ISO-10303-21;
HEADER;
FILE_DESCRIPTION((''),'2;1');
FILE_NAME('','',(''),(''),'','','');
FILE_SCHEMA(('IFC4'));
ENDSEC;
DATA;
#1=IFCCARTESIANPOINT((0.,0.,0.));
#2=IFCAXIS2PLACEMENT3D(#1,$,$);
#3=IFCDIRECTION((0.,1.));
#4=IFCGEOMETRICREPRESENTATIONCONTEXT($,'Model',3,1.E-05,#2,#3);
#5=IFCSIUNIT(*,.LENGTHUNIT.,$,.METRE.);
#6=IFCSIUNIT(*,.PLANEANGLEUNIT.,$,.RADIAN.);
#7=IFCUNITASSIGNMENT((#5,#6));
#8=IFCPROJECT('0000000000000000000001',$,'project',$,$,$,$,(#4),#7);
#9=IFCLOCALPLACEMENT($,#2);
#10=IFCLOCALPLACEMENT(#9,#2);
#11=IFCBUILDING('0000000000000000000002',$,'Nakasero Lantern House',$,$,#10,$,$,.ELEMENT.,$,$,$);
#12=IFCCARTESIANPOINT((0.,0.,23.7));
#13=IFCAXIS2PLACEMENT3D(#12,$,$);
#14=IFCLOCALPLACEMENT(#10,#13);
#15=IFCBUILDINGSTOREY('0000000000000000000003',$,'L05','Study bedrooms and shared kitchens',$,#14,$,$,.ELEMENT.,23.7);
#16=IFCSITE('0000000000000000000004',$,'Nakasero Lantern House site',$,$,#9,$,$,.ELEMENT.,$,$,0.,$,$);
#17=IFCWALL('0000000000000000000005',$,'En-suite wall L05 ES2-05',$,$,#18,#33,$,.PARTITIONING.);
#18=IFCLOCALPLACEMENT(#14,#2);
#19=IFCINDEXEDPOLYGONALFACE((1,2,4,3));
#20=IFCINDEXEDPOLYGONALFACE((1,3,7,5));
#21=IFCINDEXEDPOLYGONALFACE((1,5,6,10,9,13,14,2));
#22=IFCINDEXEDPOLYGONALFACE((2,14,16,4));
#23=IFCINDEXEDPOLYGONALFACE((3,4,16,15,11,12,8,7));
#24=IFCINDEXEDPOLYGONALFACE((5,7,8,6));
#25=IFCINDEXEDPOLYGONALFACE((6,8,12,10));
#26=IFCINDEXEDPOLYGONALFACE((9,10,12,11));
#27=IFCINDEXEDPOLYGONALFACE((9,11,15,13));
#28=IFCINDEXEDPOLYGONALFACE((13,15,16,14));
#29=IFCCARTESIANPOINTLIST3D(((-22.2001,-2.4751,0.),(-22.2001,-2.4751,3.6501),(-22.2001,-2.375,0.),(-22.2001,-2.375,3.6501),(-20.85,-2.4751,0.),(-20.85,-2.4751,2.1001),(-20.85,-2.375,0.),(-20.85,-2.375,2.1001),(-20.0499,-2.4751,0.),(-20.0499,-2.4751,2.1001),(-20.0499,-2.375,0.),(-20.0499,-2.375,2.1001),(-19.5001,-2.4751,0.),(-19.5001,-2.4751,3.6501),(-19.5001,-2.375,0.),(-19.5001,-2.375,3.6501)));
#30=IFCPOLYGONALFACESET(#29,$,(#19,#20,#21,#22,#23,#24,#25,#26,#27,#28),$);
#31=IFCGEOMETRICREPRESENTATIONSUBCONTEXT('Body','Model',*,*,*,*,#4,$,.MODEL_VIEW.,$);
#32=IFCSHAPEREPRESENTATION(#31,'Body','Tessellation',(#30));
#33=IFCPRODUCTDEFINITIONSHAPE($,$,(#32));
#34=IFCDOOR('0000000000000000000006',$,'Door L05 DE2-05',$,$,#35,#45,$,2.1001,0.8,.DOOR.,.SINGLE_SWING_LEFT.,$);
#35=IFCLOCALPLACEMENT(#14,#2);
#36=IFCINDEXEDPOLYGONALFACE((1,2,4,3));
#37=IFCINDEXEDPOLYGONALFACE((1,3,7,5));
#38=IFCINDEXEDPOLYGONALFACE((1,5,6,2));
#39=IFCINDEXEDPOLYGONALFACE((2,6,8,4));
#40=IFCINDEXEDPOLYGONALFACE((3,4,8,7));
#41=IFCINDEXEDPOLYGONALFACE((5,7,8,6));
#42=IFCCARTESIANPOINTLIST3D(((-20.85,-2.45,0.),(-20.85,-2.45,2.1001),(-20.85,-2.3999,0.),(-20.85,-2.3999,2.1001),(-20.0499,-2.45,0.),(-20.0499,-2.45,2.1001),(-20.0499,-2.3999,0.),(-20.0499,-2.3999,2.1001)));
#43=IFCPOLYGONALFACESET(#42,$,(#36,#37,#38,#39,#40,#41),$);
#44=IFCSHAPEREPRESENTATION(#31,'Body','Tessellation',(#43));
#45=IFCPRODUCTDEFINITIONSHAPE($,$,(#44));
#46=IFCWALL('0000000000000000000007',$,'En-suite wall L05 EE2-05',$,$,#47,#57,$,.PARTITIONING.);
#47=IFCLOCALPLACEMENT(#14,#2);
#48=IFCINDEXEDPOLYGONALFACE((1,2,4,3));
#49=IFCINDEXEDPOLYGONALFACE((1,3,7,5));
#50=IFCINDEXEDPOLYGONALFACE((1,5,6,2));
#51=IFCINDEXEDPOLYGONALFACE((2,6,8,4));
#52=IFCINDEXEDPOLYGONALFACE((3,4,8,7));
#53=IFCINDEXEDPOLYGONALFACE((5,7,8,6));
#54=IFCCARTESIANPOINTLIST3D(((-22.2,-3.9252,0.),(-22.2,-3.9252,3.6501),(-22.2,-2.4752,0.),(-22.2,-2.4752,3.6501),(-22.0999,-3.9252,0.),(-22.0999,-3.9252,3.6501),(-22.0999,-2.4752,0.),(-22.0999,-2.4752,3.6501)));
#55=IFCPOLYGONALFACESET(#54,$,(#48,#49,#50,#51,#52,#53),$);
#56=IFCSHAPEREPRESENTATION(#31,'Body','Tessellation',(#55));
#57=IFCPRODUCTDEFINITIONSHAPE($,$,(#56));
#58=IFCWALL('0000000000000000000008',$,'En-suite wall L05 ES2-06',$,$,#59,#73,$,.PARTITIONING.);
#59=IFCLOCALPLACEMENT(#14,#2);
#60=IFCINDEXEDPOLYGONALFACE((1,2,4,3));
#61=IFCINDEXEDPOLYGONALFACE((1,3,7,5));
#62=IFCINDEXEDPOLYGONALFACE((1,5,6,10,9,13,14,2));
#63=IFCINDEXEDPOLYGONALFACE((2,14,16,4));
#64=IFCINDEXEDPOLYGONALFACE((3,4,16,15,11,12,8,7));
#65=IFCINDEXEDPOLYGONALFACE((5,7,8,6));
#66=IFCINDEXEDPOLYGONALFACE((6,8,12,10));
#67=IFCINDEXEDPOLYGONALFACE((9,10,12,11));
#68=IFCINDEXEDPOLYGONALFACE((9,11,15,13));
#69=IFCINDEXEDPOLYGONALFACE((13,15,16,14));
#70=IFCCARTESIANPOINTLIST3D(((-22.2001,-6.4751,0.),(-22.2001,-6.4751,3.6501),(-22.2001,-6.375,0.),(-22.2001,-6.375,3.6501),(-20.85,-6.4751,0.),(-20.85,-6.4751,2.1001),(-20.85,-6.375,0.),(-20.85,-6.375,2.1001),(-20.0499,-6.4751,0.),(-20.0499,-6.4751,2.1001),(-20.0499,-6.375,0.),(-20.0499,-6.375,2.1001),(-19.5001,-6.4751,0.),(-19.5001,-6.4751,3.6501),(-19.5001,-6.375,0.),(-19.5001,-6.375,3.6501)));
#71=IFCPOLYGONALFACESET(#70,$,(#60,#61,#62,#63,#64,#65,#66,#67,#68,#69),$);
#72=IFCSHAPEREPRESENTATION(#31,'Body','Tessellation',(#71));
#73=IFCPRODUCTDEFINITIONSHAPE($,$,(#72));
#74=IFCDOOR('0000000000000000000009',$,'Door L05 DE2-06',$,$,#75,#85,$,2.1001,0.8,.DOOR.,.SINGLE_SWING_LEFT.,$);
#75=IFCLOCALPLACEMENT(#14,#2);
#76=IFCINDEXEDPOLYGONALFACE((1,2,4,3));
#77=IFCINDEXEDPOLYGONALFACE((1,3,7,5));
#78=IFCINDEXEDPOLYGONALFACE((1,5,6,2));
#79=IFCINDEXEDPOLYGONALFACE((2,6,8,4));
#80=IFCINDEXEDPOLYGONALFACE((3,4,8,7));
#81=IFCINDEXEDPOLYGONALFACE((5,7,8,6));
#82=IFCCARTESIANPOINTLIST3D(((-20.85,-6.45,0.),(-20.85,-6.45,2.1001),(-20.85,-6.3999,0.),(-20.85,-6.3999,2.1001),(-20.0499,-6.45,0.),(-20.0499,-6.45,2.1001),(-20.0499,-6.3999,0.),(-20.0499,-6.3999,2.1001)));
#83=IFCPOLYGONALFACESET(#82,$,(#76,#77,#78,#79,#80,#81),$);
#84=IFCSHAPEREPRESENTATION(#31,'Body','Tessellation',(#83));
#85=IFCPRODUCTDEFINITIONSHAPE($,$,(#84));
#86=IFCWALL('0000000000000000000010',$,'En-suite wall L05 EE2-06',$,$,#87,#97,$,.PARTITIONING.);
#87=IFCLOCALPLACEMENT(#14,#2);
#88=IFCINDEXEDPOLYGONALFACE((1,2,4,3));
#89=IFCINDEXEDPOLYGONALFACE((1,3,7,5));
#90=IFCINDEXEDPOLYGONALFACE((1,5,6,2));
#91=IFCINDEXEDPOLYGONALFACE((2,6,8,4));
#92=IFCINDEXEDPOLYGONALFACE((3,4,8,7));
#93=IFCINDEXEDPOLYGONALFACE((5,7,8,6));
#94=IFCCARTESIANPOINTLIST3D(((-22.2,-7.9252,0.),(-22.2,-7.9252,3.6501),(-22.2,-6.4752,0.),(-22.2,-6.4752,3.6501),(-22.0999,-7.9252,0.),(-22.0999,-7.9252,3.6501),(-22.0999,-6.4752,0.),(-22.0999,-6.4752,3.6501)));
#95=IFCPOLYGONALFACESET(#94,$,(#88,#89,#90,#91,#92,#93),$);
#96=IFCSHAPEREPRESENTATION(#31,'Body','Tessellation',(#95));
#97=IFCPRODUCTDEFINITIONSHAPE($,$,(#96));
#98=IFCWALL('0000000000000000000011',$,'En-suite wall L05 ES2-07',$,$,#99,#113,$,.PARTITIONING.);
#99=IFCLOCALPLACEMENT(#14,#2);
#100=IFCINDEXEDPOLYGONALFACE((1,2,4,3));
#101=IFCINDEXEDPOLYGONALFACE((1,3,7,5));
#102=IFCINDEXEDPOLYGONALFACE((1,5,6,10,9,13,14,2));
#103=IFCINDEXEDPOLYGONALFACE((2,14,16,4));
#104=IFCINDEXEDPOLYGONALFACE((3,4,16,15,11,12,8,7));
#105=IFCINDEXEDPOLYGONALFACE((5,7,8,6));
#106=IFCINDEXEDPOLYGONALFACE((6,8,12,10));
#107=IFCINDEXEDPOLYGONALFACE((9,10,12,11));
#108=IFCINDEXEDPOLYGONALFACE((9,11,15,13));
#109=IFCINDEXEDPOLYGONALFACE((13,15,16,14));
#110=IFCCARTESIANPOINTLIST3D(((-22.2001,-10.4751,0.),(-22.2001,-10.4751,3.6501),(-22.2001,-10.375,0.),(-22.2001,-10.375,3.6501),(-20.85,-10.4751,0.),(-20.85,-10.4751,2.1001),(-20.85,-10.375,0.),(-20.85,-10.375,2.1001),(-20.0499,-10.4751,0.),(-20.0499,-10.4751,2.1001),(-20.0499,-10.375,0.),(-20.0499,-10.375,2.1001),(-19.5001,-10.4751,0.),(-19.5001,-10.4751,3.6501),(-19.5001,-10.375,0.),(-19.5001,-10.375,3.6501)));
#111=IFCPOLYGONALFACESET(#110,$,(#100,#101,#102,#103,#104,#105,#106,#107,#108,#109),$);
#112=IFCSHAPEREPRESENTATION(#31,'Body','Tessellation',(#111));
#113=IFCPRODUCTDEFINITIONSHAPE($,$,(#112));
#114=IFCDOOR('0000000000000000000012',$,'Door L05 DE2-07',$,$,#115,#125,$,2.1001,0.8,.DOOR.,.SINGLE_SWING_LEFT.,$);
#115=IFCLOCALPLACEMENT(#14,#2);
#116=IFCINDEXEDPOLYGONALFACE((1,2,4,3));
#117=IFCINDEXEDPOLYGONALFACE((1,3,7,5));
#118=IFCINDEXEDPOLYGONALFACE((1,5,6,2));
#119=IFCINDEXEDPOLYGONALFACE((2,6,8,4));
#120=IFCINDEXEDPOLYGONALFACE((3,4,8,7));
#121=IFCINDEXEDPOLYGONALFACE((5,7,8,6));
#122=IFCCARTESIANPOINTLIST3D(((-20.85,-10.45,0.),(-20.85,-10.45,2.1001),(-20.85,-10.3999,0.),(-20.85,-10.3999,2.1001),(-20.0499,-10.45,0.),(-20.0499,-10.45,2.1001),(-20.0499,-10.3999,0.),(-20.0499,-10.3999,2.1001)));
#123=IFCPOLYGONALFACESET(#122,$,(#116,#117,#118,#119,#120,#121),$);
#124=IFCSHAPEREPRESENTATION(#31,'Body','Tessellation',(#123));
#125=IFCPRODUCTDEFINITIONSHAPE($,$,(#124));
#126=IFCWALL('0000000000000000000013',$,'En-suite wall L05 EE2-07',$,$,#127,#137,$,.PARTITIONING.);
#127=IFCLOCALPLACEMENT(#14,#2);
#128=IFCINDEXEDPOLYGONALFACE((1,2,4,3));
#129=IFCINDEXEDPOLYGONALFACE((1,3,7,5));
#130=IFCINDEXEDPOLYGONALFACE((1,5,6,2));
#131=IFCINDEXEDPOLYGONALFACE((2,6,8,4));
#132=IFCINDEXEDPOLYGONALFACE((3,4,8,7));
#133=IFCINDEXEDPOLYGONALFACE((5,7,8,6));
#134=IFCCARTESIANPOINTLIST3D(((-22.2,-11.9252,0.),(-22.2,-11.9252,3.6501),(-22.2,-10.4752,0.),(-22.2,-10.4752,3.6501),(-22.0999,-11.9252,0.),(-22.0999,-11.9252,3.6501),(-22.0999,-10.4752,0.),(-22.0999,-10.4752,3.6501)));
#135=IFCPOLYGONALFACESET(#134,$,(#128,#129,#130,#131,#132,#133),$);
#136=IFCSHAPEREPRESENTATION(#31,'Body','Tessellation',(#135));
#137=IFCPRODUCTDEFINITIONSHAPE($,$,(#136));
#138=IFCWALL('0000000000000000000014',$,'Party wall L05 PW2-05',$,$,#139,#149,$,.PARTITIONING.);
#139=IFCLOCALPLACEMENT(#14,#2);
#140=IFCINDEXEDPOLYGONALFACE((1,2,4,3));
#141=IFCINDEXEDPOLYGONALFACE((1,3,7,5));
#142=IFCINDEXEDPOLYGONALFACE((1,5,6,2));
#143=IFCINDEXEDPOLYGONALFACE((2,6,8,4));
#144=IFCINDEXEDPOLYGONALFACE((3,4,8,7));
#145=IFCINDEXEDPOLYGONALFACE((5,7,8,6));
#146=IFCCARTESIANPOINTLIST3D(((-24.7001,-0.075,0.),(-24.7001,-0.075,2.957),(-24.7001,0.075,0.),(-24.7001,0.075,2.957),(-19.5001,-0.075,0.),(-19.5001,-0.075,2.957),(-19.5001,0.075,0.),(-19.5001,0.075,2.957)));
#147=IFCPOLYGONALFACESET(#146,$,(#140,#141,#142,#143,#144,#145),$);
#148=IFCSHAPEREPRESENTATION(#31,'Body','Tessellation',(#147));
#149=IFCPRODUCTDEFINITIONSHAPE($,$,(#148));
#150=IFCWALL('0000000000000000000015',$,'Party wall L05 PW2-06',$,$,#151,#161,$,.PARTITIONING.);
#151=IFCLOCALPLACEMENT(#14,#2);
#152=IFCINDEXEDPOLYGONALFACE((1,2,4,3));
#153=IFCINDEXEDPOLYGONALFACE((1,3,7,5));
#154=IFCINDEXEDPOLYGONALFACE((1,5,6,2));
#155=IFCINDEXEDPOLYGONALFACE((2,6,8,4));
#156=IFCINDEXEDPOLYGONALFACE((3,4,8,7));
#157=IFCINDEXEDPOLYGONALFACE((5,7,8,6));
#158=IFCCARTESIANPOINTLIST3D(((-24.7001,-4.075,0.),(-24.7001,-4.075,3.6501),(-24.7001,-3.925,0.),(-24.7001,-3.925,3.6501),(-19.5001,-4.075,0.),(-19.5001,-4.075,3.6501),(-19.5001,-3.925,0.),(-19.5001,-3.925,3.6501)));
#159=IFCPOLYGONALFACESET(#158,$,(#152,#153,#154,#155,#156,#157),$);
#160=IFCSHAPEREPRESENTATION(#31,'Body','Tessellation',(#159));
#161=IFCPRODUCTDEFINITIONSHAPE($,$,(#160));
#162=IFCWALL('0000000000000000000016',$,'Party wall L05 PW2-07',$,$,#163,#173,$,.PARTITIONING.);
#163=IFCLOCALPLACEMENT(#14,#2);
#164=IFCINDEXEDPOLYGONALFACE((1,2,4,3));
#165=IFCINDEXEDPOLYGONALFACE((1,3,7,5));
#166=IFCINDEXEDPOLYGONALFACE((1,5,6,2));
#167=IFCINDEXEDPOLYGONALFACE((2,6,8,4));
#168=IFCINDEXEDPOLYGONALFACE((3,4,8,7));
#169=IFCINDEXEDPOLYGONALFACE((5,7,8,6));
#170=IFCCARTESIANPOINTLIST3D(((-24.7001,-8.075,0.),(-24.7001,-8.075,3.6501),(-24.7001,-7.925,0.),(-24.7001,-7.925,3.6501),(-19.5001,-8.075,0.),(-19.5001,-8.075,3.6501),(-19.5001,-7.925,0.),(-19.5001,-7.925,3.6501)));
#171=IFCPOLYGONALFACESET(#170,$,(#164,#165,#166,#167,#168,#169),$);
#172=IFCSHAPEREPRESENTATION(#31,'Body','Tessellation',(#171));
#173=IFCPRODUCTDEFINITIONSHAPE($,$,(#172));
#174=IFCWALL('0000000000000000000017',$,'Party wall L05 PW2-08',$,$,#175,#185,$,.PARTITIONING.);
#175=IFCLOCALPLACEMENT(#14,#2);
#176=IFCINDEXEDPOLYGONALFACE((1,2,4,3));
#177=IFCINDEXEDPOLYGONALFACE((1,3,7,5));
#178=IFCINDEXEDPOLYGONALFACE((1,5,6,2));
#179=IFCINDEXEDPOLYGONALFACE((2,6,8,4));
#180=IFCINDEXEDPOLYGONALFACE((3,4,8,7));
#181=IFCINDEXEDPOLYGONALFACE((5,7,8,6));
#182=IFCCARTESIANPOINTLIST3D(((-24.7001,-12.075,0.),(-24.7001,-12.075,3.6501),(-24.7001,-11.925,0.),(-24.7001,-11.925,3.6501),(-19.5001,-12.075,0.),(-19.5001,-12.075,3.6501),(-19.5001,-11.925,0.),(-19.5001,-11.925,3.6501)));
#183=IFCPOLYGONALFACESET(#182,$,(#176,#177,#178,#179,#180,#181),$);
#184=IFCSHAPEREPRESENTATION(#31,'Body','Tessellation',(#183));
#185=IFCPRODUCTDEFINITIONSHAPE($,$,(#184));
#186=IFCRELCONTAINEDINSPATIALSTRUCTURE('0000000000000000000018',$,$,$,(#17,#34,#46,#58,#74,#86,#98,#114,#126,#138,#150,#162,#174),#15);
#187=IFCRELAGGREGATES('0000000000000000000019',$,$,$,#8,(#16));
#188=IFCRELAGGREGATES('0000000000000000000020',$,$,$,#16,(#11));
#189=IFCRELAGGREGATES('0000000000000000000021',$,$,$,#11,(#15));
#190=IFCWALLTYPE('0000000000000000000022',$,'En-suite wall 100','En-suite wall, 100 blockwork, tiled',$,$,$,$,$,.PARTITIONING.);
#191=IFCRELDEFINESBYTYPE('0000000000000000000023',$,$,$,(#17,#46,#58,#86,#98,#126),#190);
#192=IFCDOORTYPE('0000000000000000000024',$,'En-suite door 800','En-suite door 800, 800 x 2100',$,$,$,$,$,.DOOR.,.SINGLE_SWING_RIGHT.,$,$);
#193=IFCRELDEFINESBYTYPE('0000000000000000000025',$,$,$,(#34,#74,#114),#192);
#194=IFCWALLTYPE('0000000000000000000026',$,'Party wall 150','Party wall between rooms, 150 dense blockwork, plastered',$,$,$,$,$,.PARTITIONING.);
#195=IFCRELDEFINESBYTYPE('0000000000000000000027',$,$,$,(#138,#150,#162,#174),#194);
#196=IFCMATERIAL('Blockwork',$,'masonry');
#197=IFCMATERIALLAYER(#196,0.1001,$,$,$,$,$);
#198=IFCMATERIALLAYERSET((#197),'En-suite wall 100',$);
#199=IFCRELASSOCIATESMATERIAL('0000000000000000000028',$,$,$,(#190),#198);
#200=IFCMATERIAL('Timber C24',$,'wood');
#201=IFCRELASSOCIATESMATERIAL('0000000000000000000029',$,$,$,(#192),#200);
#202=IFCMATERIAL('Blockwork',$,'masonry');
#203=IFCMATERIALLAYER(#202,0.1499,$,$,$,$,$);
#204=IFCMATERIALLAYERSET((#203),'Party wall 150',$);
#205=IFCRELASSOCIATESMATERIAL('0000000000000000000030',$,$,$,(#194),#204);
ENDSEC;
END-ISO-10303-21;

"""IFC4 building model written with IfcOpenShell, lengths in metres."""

from ifc_helpers import new_model, si_unit, direction, frame, frame_2d, origin, place, context, subcontext, project, spatial, rectangle, extrude, material, layer, layer_set, type_object, element, fill, save


model = new_model("IFC4")

# Units and contexts
model_context = context("Model", 3, precision=1e-05, world=origin(), true_north=direction((0.0, 1.0)))
body_context = subcontext(model_context, "Body", "Model", "MODEL_VIEW")
ifc_project = project(units=[si_unit("LENGTHUNIT", "METRE"), si_unit("PLANEANGLEUNIT", "RADIAN")], contexts=[model_context])

# Site, building, storey
site_placement = place(None, origin())
site = spatial("IfcSite", under=ifc_project, at=site_placement, Name="Nakasero Lantern House site", CompositionType="ELEMENT", RefElevation=0.0)
building_placement = place(site_placement, origin())
building = spatial("IfcBuilding", under=site, at=building_placement, Name="Nakasero Lantern House", CompositionType="ELEMENT")
storey_placement = place(building_placement, frame((0.0, 0.0, 23.7)))
storey = spatial("IfcBuildingStorey", under=building, at=storey_placement, Name="L05", Description="Study bedrooms and shared kitchens", CompositionType="ELEMENT", Elevation=23.7)

# Wall, opening, door
ifc_material_1 = material(Name="Blockwork", Category="masonry")
ifc_layer_1 = layer(ifc_material_1, 0.1001)
ifc_layer_set_1 = layer_set([ifc_layer_1], Name="En-suite wall 100")
wall_type_1 = type_object("IfcWallType", Name="En-suite wall 100", Description="En-suite wall, 100 blockwork, tiled", PredefinedType="PARTITIONING", material=ifc_layer_set_1)
wall_1_placement = place(storey_placement, frame((-19.5, -2.425, 0.0), z_axis=(0.0, 0.0, 1.0), x_axis=(-1.0, 0.0, 0.0)))
wall_1 = element("IfcWall", 1, at=wall_1_placement, inside=storey, type_object=wall_type_1, Name="En-suite wall L05 ES2-05", PredefinedType="PARTITIONING", context=body_context, shape_type="SweptSolid", body=[
    extrude(rectangle(XDim=2.7, YDim=0.1001, at=frame_2d((1.3501, 0.0))), origin(), (0.0, 0.0, 1.0), 3.6501),
])
opening_1_placement = place(wall_1_placement, frame((0.55, 0.0, 0.0)))
opening_1 = element("IfcOpeningElement", 2, at=opening_1_placement, cuts=wall_1, PredefinedType="OPENING", context=body_context, shape_type="SweptSolid", body=[
    extrude(rectangle(XDim=0.8, YDim=2.1001, at=frame_2d((0.3999, 1.05))), frame((0.0, 0.0701, 0.0), z_axis=(0.0, -1.0, 0.0), x_axis=(1.0, 0.0, 0.0)), (0.0, 0.0, 1.0), 0.1401),
])
ifc_material_2 = material(Name="Timber C24", Category="wood")
door_type = type_object("IfcDoorType", Name="En-suite door 800", Description="En-suite door 800, 800 x 2100", OperationType="SINGLE_SWING_RIGHT", PredefinedType="DOOR", material=ifc_material_2)
door_1_placement = place(opening_1_placement, origin())
door_1 = element("IfcDoor", 3, at=door_1_placement, inside=storey, type_object=door_type, Name="Door L05 DE2-05", OperationType="SINGLE_SWING_LEFT", OverallHeight=2.1001, OverallWidth=0.8, PredefinedType="DOOR", context=body_context, shape_type="SweptSolid", body=[
    extrude(rectangle(XDim=0.8, YDim=2.1001, at=frame_2d((0.3999, 1.05))), frame((0.0, 0.0249, 0.0), z_axis=(0.0, -1.0, 0.0), x_axis=(1.0, 0.0, 0.0)), (0.0, 0.0, 1.0), 0.05),
])
fill(opening_1, door_1)

# Wall
wall_2_placement = place(storey_placement, frame((-22.1499, -2.4751, 0.0), z_axis=(0.0, 0.0, 1.0), x_axis=(0.0, -1.0, 0.0)))
element("IfcWall", 4, at=wall_2_placement, inside=storey, type_object=wall_type_1, Name="En-suite wall L05 EE2-05", PredefinedType="PARTITIONING", context=body_context, shape_type="SweptSolid", body=[
    extrude(rectangle(XDim=1.45, YDim=0.1001, at=frame_2d((0.7251, 0.0))), origin(), (0.0, 0.0, 1.0), 3.6501),
])

# Wall, opening, door
wall_3_placement = place(storey_placement, frame((-19.5, -6.425, 0.0), z_axis=(0.0, 0.0, 1.0), x_axis=(-1.0, 0.0, 0.0)))
wall_3 = element("IfcWall", 5, at=wall_3_placement, inside=storey, type_object=wall_type_1, Name="En-suite wall L05 ES2-06", PredefinedType="PARTITIONING", context=body_context, shape_type="SweptSolid", body=[
    extrude(rectangle(XDim=2.7, YDim=0.1001, at=frame_2d((1.3501, 0.0))), origin(), (0.0, 0.0, 1.0), 3.6501),
])
opening_2_placement = place(wall_3_placement, frame((0.55, 0.0, 0.0)))
opening_2 = element("IfcOpeningElement", 6, at=opening_2_placement, cuts=wall_3, PredefinedType="OPENING", context=body_context, shape_type="SweptSolid", body=[
    extrude(rectangle(XDim=0.8, YDim=2.1001, at=frame_2d((0.3999, 1.05))), frame((0.0, 0.0701, 0.0), z_axis=(0.0, -1.0, 0.0), x_axis=(1.0, 0.0, 0.0)), (0.0, 0.0, 1.0), 0.1401),
])
door_2_placement = place(opening_2_placement, origin())
door_2 = element("IfcDoor", 7, at=door_2_placement, inside=storey, type_object=door_type, Name="Door L05 DE2-06", OperationType="SINGLE_SWING_LEFT", OverallHeight=2.1001, OverallWidth=0.8, PredefinedType="DOOR", context=body_context, shape_type="SweptSolid", body=[
    extrude(rectangle(XDim=0.8, YDim=2.1001, at=frame_2d((0.3999, 1.05))), frame((0.0, 0.0249, 0.0), z_axis=(0.0, -1.0, 0.0), x_axis=(1.0, 0.0, 0.0)), (0.0, 0.0, 1.0), 0.05),
])
fill(opening_2, door_2)

# Wall
wall_4_placement = place(storey_placement, frame((-22.1499, -6.4751, 0.0), z_axis=(0.0, 0.0, 1.0), x_axis=(0.0, -1.0, 0.0)))
element("IfcWall", 8, at=wall_4_placement, inside=storey, type_object=wall_type_1, Name="En-suite wall L05 EE2-06", PredefinedType="PARTITIONING", context=body_context, shape_type="SweptSolid", body=[
    extrude(rectangle(XDim=1.45, YDim=0.1001, at=frame_2d((0.7251, 0.0))), origin(), (0.0, 0.0, 1.0), 3.6501),
])

# Wall, opening, door
wall_5_placement = place(storey_placement, frame((-19.5, -10.425, 0.0), z_axis=(0.0, 0.0, 1.0), x_axis=(-1.0, 0.0, 0.0)))
wall_5 = element("IfcWall", 9, at=wall_5_placement, inside=storey, type_object=wall_type_1, Name="En-suite wall L05 ES2-07", PredefinedType="PARTITIONING", context=body_context, shape_type="SweptSolid", body=[
    extrude(rectangle(XDim=2.7, YDim=0.1001, at=frame_2d((1.3501, 0.0))), origin(), (0.0, 0.0, 1.0), 3.6501),
])
opening_3_placement = place(wall_5_placement, frame((0.55, 0.0, 0.0)))
opening_3 = element("IfcOpeningElement", 10, at=opening_3_placement, cuts=wall_5, PredefinedType="OPENING", context=body_context, shape_type="SweptSolid", body=[
    extrude(rectangle(XDim=0.8, YDim=2.1001, at=frame_2d((0.3999, 1.05))), frame((0.0, 0.0701, 0.0), z_axis=(0.0, -1.0, 0.0), x_axis=(1.0, 0.0, 0.0)), (0.0, 0.0, 1.0), 0.1401),
])
door_3_placement = place(opening_3_placement, origin())
door_3 = element("IfcDoor", 11, at=door_3_placement, inside=storey, type_object=door_type, Name="Door L05 DE2-07", OperationType="SINGLE_SWING_LEFT", OverallHeight=2.1001, OverallWidth=0.8, PredefinedType="DOOR", context=body_context, shape_type="SweptSolid", body=[
    extrude(rectangle(XDim=0.8, YDim=2.1001, at=frame_2d((0.3999, 1.05))), frame((0.0, 0.0249, 0.0), z_axis=(0.0, -1.0, 0.0), x_axis=(1.0, 0.0, 0.0)), (0.0, 0.0, 1.0), 0.05),
])
fill(opening_3, door_3)

# Walls
wall_6_placement = place(storey_placement, frame((-22.1499, -10.4751, 0.0), z_axis=(0.0, 0.0, 1.0), x_axis=(0.0, -1.0, 0.0)))
element("IfcWall", 12, at=wall_6_placement, inside=storey, type_object=wall_type_1, Name="En-suite wall L05 EE2-07", PredefinedType="PARTITIONING", context=body_context, shape_type="SweptSolid", body=[
    extrude(rectangle(XDim=1.45, YDim=0.1001, at=frame_2d((0.7251, 0.0))), origin(), (0.0, 0.0, 1.0), 3.6501),
])
ifc_material_3 = material(Name="Blockwork", Category="masonry")
ifc_layer_2 = layer(ifc_material_3, 0.1499)
ifc_layer_set_2 = layer_set([ifc_layer_2], Name="Party wall 150")
wall_type_2 = type_object("IfcWallType", Name="Party wall 150", Description="Party wall between rooms, 150 dense blockwork, plastered", PredefinedType="PARTITIONING", material=ifc_layer_set_2)
wall_7_placement = place(storey_placement, frame((-19.5, 0.0, 0.0), z_axis=(0.0, 0.0, 1.0), x_axis=(-1.0, 0.0, 0.0)))
element("IfcWall", 13, at=wall_7_placement, inside=storey, type_object=wall_type_2, Name="Party wall L05 PW2-05", PredefinedType="PARTITIONING", context=body_context, shape_type="SweptSolid", body=[
    extrude(rectangle(XDim=5.2, YDim=0.1499, at=frame_2d((2.6001, 0.0))), origin(), (0.0, 0.0, 1.0), 2.957),
])
for number, where, z_axis, x_axis, name in (
    (14, (-19.5, -4.0, 0.0), (0.0, 0.0, 1.0), (-1.0, 0.0, 0.0), "Party wall L05 PW2-06"),
    (15, (-19.5, -8.0, 0.0), (0.0, 0.0, 1.0), (-1.0, 0.0, 0.0), "Party wall L05 PW2-07"),
    (16, (-19.5, -12.0, 0.0), (0.0, 0.0, 1.0), (-1.0, 0.0, 0.0), "Party wall L05 PW2-08"),
):
    element("IfcWall", number, at=place(storey_placement, frame(where, z_axis=z_axis, x_axis=x_axis)), inside=storey, type_object=wall_type_2, Name=name, PredefinedType="PARTITIONING", context=body_context, shape_type="SweptSolid", body=[
        extrude(rectangle(XDim=5.2, YDim=0.1499, at=frame_2d((2.6001, 0.0))), origin(), (0.0, 0.0, 1.0), 3.6501),
    ])

save(model, "model.ifc")
